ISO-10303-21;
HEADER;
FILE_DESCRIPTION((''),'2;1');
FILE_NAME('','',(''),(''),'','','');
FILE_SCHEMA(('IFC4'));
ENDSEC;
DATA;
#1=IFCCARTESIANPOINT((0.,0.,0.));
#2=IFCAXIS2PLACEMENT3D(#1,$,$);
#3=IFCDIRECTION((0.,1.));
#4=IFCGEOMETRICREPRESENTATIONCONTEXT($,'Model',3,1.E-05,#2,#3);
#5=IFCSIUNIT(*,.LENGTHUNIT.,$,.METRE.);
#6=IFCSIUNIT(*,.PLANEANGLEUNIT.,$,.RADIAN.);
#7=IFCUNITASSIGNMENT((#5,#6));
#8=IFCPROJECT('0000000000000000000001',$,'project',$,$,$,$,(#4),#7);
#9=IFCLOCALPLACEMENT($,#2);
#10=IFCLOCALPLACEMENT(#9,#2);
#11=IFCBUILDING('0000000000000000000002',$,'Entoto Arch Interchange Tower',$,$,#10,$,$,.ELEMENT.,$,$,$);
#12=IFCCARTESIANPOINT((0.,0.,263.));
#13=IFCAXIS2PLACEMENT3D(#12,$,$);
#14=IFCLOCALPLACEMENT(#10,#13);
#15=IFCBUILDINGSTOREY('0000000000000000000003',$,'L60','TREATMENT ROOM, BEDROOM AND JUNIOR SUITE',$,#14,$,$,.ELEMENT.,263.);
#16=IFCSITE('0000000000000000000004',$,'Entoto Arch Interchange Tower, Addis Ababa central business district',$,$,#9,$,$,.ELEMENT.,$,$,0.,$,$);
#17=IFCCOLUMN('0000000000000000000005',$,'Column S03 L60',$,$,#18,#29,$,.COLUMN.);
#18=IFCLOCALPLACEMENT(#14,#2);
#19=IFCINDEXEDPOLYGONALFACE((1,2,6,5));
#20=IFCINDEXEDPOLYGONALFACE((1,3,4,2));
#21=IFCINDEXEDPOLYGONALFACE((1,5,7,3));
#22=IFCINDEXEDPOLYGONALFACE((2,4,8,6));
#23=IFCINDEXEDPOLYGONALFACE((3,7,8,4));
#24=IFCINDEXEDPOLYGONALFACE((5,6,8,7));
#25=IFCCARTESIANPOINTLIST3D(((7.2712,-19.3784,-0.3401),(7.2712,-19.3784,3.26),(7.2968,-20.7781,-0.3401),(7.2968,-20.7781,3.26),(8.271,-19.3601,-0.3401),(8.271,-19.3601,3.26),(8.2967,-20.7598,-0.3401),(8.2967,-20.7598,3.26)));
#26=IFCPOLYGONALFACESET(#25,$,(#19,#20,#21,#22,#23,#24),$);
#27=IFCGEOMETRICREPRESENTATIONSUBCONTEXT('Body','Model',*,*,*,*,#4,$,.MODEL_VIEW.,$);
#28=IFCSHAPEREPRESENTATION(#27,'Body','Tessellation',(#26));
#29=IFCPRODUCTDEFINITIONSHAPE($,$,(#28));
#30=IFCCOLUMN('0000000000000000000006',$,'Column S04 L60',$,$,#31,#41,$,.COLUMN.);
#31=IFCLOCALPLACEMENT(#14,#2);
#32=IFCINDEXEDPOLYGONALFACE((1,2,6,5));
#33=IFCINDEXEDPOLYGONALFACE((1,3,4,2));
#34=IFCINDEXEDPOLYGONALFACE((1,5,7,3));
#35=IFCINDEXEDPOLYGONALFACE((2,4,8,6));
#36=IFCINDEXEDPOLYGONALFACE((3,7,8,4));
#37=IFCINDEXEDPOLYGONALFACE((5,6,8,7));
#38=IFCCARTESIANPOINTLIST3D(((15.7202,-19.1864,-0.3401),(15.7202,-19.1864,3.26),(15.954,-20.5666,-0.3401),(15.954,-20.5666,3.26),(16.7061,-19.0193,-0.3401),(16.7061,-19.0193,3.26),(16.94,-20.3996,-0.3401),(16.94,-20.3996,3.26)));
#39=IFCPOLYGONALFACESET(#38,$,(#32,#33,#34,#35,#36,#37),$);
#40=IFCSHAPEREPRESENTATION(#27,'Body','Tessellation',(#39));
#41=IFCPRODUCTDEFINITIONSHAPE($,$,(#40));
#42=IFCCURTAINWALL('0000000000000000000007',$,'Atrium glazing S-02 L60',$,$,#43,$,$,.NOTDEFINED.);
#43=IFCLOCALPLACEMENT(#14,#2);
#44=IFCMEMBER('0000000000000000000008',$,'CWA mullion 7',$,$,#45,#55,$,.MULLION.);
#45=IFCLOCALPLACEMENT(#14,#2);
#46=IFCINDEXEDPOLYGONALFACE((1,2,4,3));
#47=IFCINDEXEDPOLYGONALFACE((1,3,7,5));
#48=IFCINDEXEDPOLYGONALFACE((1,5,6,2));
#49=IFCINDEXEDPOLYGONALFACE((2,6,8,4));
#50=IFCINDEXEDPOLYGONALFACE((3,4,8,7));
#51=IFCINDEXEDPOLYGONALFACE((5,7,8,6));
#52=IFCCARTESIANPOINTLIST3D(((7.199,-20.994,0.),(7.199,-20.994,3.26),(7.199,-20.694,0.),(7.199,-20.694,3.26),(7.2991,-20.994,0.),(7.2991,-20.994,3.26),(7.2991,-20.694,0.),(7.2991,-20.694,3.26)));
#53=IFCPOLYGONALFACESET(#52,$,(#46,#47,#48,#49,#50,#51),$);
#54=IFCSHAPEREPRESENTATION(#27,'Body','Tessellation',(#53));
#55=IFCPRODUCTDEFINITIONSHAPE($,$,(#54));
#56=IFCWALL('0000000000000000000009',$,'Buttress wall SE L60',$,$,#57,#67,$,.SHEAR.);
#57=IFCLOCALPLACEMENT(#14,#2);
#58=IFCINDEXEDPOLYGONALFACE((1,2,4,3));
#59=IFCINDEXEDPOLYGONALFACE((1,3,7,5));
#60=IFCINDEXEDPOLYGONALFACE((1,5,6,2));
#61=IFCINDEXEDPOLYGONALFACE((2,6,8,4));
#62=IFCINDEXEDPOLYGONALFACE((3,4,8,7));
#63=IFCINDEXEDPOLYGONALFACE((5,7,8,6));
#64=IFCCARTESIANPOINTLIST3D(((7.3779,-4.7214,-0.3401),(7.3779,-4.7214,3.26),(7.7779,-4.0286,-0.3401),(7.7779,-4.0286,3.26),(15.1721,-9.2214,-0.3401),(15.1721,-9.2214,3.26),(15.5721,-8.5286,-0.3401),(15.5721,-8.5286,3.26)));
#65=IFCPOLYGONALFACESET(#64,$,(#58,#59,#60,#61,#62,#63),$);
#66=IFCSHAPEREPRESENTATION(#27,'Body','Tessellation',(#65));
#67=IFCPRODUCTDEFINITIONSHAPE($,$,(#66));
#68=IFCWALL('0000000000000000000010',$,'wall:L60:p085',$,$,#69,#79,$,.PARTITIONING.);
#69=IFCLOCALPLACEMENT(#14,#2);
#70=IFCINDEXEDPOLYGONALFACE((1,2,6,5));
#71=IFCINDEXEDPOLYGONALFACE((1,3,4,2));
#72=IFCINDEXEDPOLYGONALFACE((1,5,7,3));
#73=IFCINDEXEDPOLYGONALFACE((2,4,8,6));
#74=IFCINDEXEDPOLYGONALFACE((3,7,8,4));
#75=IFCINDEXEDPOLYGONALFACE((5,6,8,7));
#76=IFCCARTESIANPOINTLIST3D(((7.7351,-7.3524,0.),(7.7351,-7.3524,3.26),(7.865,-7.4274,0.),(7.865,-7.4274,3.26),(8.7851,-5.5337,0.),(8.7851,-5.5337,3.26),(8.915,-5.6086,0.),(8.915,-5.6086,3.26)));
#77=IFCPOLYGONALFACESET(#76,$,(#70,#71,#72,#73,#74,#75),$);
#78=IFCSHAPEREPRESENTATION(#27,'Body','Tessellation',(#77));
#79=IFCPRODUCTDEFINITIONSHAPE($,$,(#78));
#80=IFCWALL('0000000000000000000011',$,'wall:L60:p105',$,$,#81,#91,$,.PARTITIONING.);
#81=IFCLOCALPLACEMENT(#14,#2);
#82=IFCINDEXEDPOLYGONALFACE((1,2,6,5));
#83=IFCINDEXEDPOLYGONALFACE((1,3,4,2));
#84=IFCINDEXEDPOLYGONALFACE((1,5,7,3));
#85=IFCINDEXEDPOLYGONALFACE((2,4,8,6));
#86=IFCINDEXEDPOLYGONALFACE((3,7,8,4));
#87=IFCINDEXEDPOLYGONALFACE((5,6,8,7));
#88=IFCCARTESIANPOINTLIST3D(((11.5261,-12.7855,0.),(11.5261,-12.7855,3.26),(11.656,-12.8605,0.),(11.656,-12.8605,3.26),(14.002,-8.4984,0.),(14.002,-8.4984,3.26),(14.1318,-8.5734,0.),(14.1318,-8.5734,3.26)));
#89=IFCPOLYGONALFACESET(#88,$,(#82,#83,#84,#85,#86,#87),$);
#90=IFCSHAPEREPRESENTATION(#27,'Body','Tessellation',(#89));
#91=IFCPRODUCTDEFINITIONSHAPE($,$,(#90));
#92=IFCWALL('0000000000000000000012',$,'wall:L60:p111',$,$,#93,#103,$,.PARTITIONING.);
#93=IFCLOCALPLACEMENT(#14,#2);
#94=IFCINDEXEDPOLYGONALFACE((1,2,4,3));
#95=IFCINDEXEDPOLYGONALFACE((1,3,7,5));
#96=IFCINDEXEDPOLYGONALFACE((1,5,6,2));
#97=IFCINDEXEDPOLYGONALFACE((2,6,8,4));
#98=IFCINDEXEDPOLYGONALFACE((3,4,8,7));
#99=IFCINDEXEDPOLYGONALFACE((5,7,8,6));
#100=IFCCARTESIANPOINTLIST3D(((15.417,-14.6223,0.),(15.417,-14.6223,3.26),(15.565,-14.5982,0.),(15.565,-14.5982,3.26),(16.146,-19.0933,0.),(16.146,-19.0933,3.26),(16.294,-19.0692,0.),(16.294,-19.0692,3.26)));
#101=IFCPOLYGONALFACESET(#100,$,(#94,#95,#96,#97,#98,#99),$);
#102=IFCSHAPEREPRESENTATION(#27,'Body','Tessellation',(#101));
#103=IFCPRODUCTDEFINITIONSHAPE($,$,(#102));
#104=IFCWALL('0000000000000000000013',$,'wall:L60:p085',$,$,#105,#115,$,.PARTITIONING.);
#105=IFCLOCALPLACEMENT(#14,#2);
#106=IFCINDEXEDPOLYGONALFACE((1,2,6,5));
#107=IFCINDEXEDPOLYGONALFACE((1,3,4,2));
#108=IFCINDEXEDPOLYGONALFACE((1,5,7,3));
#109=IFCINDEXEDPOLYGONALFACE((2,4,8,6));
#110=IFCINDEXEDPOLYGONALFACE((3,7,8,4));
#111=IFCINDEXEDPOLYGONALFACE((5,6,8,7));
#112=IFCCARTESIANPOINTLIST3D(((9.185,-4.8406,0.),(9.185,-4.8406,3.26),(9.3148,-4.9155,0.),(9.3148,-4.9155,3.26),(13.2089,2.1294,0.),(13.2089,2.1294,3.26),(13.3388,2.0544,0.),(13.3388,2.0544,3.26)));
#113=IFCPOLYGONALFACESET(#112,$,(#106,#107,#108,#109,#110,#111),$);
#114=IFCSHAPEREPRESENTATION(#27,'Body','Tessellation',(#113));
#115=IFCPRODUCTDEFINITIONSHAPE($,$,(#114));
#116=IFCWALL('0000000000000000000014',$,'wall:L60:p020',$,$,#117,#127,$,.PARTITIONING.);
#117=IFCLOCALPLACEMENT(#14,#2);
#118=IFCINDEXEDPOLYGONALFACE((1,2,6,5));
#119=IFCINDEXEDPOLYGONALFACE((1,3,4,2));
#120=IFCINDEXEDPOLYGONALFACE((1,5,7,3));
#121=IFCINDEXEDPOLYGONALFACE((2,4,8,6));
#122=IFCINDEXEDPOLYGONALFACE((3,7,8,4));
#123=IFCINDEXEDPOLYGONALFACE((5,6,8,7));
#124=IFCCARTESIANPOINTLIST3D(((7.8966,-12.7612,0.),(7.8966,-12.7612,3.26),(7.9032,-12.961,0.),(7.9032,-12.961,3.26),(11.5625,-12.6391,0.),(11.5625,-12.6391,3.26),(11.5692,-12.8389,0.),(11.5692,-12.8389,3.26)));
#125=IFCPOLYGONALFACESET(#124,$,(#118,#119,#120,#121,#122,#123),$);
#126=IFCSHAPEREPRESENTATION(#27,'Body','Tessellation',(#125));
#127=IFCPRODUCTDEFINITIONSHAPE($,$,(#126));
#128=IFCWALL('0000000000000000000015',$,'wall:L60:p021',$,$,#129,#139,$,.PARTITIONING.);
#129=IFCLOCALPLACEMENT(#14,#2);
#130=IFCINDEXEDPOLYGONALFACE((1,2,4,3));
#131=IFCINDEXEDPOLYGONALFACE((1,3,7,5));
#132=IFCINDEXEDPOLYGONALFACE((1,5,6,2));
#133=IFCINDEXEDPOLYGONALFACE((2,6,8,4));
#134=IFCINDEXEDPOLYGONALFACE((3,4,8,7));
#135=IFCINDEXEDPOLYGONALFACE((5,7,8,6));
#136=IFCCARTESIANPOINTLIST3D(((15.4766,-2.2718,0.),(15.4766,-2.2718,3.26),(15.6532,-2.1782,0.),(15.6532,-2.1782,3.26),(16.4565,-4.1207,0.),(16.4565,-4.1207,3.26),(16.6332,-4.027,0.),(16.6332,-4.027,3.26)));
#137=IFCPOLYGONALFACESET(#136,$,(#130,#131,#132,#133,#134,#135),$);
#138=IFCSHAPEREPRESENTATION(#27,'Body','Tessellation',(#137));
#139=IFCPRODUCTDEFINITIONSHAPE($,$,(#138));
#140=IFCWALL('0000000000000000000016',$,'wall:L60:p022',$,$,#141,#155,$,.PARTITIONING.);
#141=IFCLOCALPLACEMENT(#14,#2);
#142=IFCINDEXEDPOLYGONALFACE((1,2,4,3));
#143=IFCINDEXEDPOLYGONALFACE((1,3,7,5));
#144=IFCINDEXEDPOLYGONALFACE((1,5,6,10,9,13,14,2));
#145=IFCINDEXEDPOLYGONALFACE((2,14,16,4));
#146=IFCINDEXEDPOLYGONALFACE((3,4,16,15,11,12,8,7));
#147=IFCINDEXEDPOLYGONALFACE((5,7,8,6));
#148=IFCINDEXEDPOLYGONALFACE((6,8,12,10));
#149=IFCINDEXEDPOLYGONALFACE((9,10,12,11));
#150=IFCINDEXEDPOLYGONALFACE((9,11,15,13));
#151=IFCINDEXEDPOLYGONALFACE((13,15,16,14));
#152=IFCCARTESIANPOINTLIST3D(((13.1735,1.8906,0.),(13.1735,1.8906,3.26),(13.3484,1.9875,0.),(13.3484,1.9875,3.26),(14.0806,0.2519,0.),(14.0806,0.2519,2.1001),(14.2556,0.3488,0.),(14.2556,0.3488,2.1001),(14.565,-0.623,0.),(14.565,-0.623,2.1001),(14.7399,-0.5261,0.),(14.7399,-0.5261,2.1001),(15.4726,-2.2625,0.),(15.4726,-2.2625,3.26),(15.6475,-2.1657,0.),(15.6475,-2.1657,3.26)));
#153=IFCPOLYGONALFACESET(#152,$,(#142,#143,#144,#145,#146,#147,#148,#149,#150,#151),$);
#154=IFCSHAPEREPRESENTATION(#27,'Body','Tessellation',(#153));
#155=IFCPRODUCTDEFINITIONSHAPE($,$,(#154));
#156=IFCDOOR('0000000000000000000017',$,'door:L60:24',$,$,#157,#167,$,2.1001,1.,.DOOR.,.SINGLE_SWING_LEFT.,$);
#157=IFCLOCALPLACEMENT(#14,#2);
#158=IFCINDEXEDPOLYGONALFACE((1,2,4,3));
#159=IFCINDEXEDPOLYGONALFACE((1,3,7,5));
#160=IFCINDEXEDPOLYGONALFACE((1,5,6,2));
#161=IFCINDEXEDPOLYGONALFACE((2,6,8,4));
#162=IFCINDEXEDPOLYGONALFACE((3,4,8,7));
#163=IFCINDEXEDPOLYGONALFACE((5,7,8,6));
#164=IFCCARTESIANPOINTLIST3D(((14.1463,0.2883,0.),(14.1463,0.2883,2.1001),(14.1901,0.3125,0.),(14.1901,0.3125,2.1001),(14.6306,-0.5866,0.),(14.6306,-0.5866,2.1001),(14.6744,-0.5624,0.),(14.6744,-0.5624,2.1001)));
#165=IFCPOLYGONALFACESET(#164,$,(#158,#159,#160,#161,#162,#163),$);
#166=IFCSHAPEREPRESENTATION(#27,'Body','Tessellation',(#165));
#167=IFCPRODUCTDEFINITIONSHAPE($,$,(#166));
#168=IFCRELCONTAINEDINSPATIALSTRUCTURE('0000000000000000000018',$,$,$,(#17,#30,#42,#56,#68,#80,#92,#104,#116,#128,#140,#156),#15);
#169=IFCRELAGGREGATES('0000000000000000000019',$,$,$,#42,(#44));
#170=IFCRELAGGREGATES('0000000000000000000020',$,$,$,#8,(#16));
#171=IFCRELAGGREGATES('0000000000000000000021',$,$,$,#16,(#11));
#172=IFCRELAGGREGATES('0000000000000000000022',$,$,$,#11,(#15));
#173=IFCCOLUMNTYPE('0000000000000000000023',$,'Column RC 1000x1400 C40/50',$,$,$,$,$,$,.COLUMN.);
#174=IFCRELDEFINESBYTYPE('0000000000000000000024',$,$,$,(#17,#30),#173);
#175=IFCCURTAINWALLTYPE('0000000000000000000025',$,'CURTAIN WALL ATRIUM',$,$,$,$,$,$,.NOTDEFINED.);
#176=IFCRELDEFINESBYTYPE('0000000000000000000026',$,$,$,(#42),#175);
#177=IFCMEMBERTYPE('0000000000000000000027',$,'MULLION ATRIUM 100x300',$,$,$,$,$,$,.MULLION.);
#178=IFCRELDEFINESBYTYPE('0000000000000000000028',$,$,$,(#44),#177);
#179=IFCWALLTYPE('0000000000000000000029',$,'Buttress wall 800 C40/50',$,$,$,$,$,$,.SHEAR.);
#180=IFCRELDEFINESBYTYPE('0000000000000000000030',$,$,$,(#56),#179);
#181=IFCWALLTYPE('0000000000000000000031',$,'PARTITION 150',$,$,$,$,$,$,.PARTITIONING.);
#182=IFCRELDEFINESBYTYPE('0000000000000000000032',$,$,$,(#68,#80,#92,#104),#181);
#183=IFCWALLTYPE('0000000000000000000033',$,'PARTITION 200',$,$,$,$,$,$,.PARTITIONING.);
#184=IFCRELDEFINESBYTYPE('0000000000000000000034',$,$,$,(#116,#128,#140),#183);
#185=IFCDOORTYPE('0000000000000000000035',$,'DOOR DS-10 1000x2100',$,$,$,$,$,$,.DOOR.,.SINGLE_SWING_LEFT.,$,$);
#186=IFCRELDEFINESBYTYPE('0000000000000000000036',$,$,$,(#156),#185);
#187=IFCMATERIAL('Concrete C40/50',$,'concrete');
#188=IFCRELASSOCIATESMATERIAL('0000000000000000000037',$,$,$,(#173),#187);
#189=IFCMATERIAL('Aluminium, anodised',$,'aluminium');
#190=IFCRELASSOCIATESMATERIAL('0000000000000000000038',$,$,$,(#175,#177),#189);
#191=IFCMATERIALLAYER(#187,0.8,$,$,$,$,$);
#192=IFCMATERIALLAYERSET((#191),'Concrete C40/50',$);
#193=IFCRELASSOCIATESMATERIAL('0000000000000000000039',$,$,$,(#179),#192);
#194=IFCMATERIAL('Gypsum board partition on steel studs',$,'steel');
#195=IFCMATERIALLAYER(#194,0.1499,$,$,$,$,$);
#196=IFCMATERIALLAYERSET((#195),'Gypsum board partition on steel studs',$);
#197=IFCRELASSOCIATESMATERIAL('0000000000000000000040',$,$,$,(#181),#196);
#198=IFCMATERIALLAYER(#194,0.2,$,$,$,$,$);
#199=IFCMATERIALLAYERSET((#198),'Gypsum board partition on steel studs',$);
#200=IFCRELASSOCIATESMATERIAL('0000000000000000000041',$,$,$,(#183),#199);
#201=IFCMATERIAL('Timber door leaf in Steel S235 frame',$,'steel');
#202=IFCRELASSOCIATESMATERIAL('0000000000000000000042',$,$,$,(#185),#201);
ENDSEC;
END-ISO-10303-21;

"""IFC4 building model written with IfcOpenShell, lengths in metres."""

from ifc_helpers import new_model, si_unit, direction, frame, frame_2d, origin, origin_2d, place, context, subcontext, project, spatial, rectangle, extrude, material, layer, layer_set, material_profile, profile_set, type_object, element, fill, aggregate, save


model = new_model("IFC4")

# Units and contexts
model_context = context("Model", 3, precision=1e-05, world=origin(), true_north=direction((0.0, 1.0)))
body_context = subcontext(model_context, "Body", "Model", "MODEL_VIEW")
ifc_project = project(units=[si_unit("LENGTHUNIT", "METRE"), si_unit("PLANEANGLEUNIT", "RADIAN")], contexts=[model_context])

# Site, building, storey
site_placement = place(None, origin())
site = spatial("IfcSite", under=ifc_project, at=site_placement, Name="Entoto Arch Interchange Tower, Addis Ababa central business district", CompositionType="ELEMENT", RefElevation=0.0)
building_placement = place(site_placement, origin())
building = spatial("IfcBuilding", under=site, at=building_placement, Name="Entoto Arch Interchange Tower", CompositionType="ELEMENT")
storey_placement = place(building_placement, frame((0.0, 0.0, 263.0)))
storey = spatial("IfcBuildingStorey", under=building, at=storey_placement, Name="L60", Description="TREATMENT ROOM, BEDROOM AND JUNIOR SUITE", CompositionType="ELEMENT", Elevation=263.0)

# Columns
ifc_material_1 = material(Name="Concrete C40/50", Category="concrete")
ifc_material_profile_1 = material_profile(ifc_material_1, rectangle(XDim=1.0, YDim=1.3999, at=origin_2d()))
ifc_profile_set_1 = profile_set([ifc_material_profile_1], Name="Concrete C40/50")
column_type = type_object("IfcColumnType", Name="Column RC 1000x1400 C40/50", PredefinedType="COLUMN", material=ifc_profile_set_1)
for number, where, z_axis, x_axis, name in (
    (1, (7.7839, -20.0691, -0.3401), (0.0, 0.0, 1.0), (0.999833, 0.01829, 0.0), "Column S03 L60"),
    (2, (16.3301, -19.793, -0.3401), (0.0, 0.0, 1.0), (0.985952, 0.167027, 0.0), "Column S04 L60"),
):
    element("IfcColumn", number, at=place(storey_placement, frame(where, z_axis=z_axis, x_axis=x_axis)), inside=storey, type_object=column_type, Name=name, PredefinedType="COLUMN", context=body_context, shape_type="SweptSolid", body=[
        extrude(rectangle(XDim=1.0, YDim=1.3999, at=origin_2d()), origin(), (0.0, 0.0, 1.0), 3.6001),
    ])

# Curtain wall, member
ifc_material_2 = material(Name="Aluminium, anodised", Category="aluminium")
curtain_wall_type = type_object("IfcCurtainWallType", Name="CURTAIN WALL ATRIUM", PredefinedType="NOTDEFINED", material=ifc_material_2)
curtain_wall_placement = place(storey_placement, origin())
curtain_wall = element("IfcCurtainWall", 3, at=curtain_wall_placement, inside=storey, type_object=curtain_wall_type, Name="Atrium glazing S-02 L60", PredefinedType="NOTDEFINED")
ifc_material_profile_2 = material_profile(ifc_material_2, rectangle(XDim=0.3, YDim=0.1001, at=origin_2d()))
ifc_profile_set_2 = profile_set([ifc_material_profile_2], Name="Aluminium, anodised")
member_type = type_object("IfcMemberType", Name="MULLION ATRIUM 100x300", PredefinedType="MULLION", material=ifc_profile_set_2)
member_placement = place(storey_placement, frame((7.249, -20.844, 0.0), z_axis=(0.0, 0.0, 1.0), x_axis=(0.0, 1.0, 0.0)))
member = element("IfcMember", 4, at=member_placement, type_object=member_type, Name="CWA mullion 7", PredefinedType="MULLION", context=body_context, shape_type="SweptSolid", body=[
    extrude(rectangle(XDim=0.3, YDim=0.1001, at=origin_2d()), origin(), (0.0, 0.0, 1.0), 3.26),
])
aggregate(curtain_wall, [member])

# Walls
ifc_layer_1 = layer(ifc_material_1, 0.8)
ifc_layer_set_1 = layer_set([ifc_layer_1], Name="Concrete C40/50")
wall_type_1 = type_object("IfcWallType", Name="Buttress wall 800 C40/50", PredefinedType="SHEAR", material=ifc_layer_set_1)
wall_1_placement = place(storey_placement, frame((7.5779, -4.375, -0.3401), z_axis=(0.0, 0.0, 1.0), x_axis=(0.866024, -0.500002, 0.0)))
element("IfcWall", 5, at=wall_1_placement, inside=storey, type_object=wall_type_1, Name="Buttress wall SE L60", PredefinedType="SHEAR", context=body_context, shape_type="SweptSolid", body=[
    extrude(rectangle(XDim=9.0, YDim=0.8, at=frame_2d((4.5, 0.0))), origin(), (0.0, 0.0, 1.0), 3.6001),
])
ifc_material_3 = material(Name="Gypsum board partition on steel studs", Category="steel")
ifc_layer_2 = layer(ifc_material_3, 0.1499)
ifc_layer_set_2 = layer_set([ifc_layer_2], Name="Gypsum board partition on steel studs")
wall_type_2 = type_object("IfcWallType", Name="PARTITION 150", PredefinedType="PARTITIONING", material=ifc_layer_set_2)
wall_2_placement = place(storey_placement, frame((7.8, -7.3899, 0.0), z_axis=(0.0, 0.0, 1.0), x_axis=(0.499977, 0.866038, 0.0)))
element("IfcWall", 6, at=wall_2_placement, inside=storey, type_object=wall_type_2, Name="wall:L60:p085", PredefinedType="PARTITIONING", context=body_context, shape_type="SweptSolid", body=[
    extrude(rectangle(XDim=2.1001, YDim=0.1499, at=frame_2d((1.05, 0.0))), origin(), (0.0, 0.0, 1.0), 3.26),
])
wall_3_placement = place(storey_placement, frame((14.0669, -8.5359, 0.0), z_axis=(0.0, 0.0, 1.0), x_axis=(-0.500101, -0.865967, 0.0)))
element("IfcWall", 7, at=wall_3_placement, inside=storey, type_object=wall_type_2, Name="wall:L60:p105", PredefinedType="PARTITIONING", context=body_context, shape_type="SweptSolid", body=[
    extrude(rectangle(XDim=4.9507, YDim=0.1499, at=frame_2d((2.4753, 0.0))), origin(), (0.0, 0.0, 1.0), 3.26),
])
wall_4_placement = place(storey_placement, frame((15.491, -14.6101, 0.0), z_axis=(0.0, 0.0, 1.0), x_axis=(0.160928, -0.986966, 0.0)))
element("IfcWall", 8, at=wall_4_placement, inside=storey, type_object=wall_type_2, Name="wall:L60:p111", PredefinedType="PARTITIONING", context=body_context, shape_type="SweptSolid", body=[
    extrude(rectangle(XDim=4.53, YDim=0.1499, at=frame_2d((2.2651, 0.0))), origin(), (0.0, 0.0, 1.0), 3.26),
])
wall_5_placement = place(storey_placement, frame((9.25, -4.8779, 0.0), z_axis=(0.0, 0.0, 1.0), x_axis=(0.499982, 0.866036, 0.0)))
element("IfcWall", 9, at=wall_5_placement, inside=storey, type_object=wall_type_2, Name="wall:L60:p085", PredefinedType="PARTITIONING", context=body_context, shape_type="SweptSolid", body=[
    extrude(rectangle(XDim=8.0481, YDim=0.1499, at=frame_2d((4.0239, 0.0))), origin(), (0.0, 0.0, 1.0), 3.26),
])
ifc_layer_3 = layer(ifc_material_3, 0.2)
ifc_layer_set_3 = layer_set([ifc_layer_3], Name="Gypsum board partition on steel studs")
wall_type_3 = type_object("IfcWallType", Name="PARTITION 200", PredefinedType="PARTITIONING", material=ifc_layer_set_3)
wall_6_placement = place(storey_placement, frame((7.8999, -12.8611, 0.0), z_axis=(0.0, 0.0, 1.0), x_axis=(0.999446, 0.033279, 0.0)))
element("IfcWall", 10, at=wall_6_placement, inside=storey, type_object=wall_type_3, Name="wall:L60:p020", PredefinedType="PARTITIONING", context=body_context, shape_type="SweptSolid", body=[
    extrude(rectangle(XDim=3.668, YDim=0.2, at=frame_2d((1.834, 0.0))), origin(), (0.0, 0.0, 1.0), 3.26),
])
wall_7_placement = place(storey_placement, frame((16.5449, -4.074, 0.0), z_axis=(0.0, 0.0, 1.0), x_axis=(-0.468322, 0.883558, 0.0)))
element("IfcWall", 11, at=wall_7_placement, inside=storey, type_object=wall_type_3, Name="wall:L60:p021", PredefinedType="PARTITIONING", context=body_context, shape_type="SweptSolid", body=[
    extrude(rectangle(XDim=2.0925, YDim=0.2, at=frame_2d((1.0464, 0.0))), origin(), (0.0, 0.0, 1.0), 3.26),
])

# Wall, opening, door
wall_8_placement = place(storey_placement, frame((15.5601, -2.2141, 0.0), z_axis=(0.0, 0.0, 1.0), x_axis=(-0.484324, 0.874889, 0.0)))
wall_8 = element("IfcWall", 12, at=wall_8_placement, inside=storey, type_object=wall_type_3, Name="wall:L60:p022", PredefinedType="PARTITIONING", context=body_context, shape_type="SweptSolid", body=[
    extrude(rectangle(XDim=4.7471, YDim=0.2, at=frame_2d((2.3735, 0.0))), origin(), (0.0, 0.0, 1.0), 3.26),
])
opening_1_placement = place(wall_8_placement, frame((1.874, 0.0, 0.0)))
opening_1 = element("IfcOpeningElement", 13, at=opening_1_placement, cuts=wall_8, PredefinedType="OPENING", context=body_context, shape_type="SweptSolid", body=[
    extrude(rectangle(XDim=1.0, YDim=2.1001, at=frame_2d((0.5, 1.05))), frame((0.0, 0.1099, 0.0), z_axis=(0.0, -1.0, 0.0), x_axis=(1.0, 0.0, 0.0)), (0.0, 0.0, 1.0), 0.22),
])
ifc_material_4 = material(Name="Timber door leaf in Steel S235 frame", Category="steel")
door_type_1 = type_object("IfcDoorType", Name="DOOR DS-10 1000x2100", OperationType="SINGLE_SWING_LEFT", PredefinedType="DOOR", material=ifc_material_4)
door_1_placement = place(opening_1_placement, origin())
door_1 = element("IfcDoor", 14, at=door_1_placement, inside=storey, type_object=door_type_1, Name="door:L60:24", OperationType="SINGLE_SWING_LEFT", OverallHeight=2.1001, OverallWidth=1.0, PredefinedType="DOOR", context=body_context, shape_type="SweptSolid", body=[
    extrude(rectangle(XDim=1.0, YDim=2.1001, at=frame_2d((0.5, 1.05))), frame((0.0, 0.0249, 0.0), z_axis=(0.0, -1.0, 0.0), x_axis=(1.0, 0.0, 0.0)), (0.0, 0.0, 1.0), 0.05),
])
fill(opening_1, door_1)

save(model, "model.ifc")
